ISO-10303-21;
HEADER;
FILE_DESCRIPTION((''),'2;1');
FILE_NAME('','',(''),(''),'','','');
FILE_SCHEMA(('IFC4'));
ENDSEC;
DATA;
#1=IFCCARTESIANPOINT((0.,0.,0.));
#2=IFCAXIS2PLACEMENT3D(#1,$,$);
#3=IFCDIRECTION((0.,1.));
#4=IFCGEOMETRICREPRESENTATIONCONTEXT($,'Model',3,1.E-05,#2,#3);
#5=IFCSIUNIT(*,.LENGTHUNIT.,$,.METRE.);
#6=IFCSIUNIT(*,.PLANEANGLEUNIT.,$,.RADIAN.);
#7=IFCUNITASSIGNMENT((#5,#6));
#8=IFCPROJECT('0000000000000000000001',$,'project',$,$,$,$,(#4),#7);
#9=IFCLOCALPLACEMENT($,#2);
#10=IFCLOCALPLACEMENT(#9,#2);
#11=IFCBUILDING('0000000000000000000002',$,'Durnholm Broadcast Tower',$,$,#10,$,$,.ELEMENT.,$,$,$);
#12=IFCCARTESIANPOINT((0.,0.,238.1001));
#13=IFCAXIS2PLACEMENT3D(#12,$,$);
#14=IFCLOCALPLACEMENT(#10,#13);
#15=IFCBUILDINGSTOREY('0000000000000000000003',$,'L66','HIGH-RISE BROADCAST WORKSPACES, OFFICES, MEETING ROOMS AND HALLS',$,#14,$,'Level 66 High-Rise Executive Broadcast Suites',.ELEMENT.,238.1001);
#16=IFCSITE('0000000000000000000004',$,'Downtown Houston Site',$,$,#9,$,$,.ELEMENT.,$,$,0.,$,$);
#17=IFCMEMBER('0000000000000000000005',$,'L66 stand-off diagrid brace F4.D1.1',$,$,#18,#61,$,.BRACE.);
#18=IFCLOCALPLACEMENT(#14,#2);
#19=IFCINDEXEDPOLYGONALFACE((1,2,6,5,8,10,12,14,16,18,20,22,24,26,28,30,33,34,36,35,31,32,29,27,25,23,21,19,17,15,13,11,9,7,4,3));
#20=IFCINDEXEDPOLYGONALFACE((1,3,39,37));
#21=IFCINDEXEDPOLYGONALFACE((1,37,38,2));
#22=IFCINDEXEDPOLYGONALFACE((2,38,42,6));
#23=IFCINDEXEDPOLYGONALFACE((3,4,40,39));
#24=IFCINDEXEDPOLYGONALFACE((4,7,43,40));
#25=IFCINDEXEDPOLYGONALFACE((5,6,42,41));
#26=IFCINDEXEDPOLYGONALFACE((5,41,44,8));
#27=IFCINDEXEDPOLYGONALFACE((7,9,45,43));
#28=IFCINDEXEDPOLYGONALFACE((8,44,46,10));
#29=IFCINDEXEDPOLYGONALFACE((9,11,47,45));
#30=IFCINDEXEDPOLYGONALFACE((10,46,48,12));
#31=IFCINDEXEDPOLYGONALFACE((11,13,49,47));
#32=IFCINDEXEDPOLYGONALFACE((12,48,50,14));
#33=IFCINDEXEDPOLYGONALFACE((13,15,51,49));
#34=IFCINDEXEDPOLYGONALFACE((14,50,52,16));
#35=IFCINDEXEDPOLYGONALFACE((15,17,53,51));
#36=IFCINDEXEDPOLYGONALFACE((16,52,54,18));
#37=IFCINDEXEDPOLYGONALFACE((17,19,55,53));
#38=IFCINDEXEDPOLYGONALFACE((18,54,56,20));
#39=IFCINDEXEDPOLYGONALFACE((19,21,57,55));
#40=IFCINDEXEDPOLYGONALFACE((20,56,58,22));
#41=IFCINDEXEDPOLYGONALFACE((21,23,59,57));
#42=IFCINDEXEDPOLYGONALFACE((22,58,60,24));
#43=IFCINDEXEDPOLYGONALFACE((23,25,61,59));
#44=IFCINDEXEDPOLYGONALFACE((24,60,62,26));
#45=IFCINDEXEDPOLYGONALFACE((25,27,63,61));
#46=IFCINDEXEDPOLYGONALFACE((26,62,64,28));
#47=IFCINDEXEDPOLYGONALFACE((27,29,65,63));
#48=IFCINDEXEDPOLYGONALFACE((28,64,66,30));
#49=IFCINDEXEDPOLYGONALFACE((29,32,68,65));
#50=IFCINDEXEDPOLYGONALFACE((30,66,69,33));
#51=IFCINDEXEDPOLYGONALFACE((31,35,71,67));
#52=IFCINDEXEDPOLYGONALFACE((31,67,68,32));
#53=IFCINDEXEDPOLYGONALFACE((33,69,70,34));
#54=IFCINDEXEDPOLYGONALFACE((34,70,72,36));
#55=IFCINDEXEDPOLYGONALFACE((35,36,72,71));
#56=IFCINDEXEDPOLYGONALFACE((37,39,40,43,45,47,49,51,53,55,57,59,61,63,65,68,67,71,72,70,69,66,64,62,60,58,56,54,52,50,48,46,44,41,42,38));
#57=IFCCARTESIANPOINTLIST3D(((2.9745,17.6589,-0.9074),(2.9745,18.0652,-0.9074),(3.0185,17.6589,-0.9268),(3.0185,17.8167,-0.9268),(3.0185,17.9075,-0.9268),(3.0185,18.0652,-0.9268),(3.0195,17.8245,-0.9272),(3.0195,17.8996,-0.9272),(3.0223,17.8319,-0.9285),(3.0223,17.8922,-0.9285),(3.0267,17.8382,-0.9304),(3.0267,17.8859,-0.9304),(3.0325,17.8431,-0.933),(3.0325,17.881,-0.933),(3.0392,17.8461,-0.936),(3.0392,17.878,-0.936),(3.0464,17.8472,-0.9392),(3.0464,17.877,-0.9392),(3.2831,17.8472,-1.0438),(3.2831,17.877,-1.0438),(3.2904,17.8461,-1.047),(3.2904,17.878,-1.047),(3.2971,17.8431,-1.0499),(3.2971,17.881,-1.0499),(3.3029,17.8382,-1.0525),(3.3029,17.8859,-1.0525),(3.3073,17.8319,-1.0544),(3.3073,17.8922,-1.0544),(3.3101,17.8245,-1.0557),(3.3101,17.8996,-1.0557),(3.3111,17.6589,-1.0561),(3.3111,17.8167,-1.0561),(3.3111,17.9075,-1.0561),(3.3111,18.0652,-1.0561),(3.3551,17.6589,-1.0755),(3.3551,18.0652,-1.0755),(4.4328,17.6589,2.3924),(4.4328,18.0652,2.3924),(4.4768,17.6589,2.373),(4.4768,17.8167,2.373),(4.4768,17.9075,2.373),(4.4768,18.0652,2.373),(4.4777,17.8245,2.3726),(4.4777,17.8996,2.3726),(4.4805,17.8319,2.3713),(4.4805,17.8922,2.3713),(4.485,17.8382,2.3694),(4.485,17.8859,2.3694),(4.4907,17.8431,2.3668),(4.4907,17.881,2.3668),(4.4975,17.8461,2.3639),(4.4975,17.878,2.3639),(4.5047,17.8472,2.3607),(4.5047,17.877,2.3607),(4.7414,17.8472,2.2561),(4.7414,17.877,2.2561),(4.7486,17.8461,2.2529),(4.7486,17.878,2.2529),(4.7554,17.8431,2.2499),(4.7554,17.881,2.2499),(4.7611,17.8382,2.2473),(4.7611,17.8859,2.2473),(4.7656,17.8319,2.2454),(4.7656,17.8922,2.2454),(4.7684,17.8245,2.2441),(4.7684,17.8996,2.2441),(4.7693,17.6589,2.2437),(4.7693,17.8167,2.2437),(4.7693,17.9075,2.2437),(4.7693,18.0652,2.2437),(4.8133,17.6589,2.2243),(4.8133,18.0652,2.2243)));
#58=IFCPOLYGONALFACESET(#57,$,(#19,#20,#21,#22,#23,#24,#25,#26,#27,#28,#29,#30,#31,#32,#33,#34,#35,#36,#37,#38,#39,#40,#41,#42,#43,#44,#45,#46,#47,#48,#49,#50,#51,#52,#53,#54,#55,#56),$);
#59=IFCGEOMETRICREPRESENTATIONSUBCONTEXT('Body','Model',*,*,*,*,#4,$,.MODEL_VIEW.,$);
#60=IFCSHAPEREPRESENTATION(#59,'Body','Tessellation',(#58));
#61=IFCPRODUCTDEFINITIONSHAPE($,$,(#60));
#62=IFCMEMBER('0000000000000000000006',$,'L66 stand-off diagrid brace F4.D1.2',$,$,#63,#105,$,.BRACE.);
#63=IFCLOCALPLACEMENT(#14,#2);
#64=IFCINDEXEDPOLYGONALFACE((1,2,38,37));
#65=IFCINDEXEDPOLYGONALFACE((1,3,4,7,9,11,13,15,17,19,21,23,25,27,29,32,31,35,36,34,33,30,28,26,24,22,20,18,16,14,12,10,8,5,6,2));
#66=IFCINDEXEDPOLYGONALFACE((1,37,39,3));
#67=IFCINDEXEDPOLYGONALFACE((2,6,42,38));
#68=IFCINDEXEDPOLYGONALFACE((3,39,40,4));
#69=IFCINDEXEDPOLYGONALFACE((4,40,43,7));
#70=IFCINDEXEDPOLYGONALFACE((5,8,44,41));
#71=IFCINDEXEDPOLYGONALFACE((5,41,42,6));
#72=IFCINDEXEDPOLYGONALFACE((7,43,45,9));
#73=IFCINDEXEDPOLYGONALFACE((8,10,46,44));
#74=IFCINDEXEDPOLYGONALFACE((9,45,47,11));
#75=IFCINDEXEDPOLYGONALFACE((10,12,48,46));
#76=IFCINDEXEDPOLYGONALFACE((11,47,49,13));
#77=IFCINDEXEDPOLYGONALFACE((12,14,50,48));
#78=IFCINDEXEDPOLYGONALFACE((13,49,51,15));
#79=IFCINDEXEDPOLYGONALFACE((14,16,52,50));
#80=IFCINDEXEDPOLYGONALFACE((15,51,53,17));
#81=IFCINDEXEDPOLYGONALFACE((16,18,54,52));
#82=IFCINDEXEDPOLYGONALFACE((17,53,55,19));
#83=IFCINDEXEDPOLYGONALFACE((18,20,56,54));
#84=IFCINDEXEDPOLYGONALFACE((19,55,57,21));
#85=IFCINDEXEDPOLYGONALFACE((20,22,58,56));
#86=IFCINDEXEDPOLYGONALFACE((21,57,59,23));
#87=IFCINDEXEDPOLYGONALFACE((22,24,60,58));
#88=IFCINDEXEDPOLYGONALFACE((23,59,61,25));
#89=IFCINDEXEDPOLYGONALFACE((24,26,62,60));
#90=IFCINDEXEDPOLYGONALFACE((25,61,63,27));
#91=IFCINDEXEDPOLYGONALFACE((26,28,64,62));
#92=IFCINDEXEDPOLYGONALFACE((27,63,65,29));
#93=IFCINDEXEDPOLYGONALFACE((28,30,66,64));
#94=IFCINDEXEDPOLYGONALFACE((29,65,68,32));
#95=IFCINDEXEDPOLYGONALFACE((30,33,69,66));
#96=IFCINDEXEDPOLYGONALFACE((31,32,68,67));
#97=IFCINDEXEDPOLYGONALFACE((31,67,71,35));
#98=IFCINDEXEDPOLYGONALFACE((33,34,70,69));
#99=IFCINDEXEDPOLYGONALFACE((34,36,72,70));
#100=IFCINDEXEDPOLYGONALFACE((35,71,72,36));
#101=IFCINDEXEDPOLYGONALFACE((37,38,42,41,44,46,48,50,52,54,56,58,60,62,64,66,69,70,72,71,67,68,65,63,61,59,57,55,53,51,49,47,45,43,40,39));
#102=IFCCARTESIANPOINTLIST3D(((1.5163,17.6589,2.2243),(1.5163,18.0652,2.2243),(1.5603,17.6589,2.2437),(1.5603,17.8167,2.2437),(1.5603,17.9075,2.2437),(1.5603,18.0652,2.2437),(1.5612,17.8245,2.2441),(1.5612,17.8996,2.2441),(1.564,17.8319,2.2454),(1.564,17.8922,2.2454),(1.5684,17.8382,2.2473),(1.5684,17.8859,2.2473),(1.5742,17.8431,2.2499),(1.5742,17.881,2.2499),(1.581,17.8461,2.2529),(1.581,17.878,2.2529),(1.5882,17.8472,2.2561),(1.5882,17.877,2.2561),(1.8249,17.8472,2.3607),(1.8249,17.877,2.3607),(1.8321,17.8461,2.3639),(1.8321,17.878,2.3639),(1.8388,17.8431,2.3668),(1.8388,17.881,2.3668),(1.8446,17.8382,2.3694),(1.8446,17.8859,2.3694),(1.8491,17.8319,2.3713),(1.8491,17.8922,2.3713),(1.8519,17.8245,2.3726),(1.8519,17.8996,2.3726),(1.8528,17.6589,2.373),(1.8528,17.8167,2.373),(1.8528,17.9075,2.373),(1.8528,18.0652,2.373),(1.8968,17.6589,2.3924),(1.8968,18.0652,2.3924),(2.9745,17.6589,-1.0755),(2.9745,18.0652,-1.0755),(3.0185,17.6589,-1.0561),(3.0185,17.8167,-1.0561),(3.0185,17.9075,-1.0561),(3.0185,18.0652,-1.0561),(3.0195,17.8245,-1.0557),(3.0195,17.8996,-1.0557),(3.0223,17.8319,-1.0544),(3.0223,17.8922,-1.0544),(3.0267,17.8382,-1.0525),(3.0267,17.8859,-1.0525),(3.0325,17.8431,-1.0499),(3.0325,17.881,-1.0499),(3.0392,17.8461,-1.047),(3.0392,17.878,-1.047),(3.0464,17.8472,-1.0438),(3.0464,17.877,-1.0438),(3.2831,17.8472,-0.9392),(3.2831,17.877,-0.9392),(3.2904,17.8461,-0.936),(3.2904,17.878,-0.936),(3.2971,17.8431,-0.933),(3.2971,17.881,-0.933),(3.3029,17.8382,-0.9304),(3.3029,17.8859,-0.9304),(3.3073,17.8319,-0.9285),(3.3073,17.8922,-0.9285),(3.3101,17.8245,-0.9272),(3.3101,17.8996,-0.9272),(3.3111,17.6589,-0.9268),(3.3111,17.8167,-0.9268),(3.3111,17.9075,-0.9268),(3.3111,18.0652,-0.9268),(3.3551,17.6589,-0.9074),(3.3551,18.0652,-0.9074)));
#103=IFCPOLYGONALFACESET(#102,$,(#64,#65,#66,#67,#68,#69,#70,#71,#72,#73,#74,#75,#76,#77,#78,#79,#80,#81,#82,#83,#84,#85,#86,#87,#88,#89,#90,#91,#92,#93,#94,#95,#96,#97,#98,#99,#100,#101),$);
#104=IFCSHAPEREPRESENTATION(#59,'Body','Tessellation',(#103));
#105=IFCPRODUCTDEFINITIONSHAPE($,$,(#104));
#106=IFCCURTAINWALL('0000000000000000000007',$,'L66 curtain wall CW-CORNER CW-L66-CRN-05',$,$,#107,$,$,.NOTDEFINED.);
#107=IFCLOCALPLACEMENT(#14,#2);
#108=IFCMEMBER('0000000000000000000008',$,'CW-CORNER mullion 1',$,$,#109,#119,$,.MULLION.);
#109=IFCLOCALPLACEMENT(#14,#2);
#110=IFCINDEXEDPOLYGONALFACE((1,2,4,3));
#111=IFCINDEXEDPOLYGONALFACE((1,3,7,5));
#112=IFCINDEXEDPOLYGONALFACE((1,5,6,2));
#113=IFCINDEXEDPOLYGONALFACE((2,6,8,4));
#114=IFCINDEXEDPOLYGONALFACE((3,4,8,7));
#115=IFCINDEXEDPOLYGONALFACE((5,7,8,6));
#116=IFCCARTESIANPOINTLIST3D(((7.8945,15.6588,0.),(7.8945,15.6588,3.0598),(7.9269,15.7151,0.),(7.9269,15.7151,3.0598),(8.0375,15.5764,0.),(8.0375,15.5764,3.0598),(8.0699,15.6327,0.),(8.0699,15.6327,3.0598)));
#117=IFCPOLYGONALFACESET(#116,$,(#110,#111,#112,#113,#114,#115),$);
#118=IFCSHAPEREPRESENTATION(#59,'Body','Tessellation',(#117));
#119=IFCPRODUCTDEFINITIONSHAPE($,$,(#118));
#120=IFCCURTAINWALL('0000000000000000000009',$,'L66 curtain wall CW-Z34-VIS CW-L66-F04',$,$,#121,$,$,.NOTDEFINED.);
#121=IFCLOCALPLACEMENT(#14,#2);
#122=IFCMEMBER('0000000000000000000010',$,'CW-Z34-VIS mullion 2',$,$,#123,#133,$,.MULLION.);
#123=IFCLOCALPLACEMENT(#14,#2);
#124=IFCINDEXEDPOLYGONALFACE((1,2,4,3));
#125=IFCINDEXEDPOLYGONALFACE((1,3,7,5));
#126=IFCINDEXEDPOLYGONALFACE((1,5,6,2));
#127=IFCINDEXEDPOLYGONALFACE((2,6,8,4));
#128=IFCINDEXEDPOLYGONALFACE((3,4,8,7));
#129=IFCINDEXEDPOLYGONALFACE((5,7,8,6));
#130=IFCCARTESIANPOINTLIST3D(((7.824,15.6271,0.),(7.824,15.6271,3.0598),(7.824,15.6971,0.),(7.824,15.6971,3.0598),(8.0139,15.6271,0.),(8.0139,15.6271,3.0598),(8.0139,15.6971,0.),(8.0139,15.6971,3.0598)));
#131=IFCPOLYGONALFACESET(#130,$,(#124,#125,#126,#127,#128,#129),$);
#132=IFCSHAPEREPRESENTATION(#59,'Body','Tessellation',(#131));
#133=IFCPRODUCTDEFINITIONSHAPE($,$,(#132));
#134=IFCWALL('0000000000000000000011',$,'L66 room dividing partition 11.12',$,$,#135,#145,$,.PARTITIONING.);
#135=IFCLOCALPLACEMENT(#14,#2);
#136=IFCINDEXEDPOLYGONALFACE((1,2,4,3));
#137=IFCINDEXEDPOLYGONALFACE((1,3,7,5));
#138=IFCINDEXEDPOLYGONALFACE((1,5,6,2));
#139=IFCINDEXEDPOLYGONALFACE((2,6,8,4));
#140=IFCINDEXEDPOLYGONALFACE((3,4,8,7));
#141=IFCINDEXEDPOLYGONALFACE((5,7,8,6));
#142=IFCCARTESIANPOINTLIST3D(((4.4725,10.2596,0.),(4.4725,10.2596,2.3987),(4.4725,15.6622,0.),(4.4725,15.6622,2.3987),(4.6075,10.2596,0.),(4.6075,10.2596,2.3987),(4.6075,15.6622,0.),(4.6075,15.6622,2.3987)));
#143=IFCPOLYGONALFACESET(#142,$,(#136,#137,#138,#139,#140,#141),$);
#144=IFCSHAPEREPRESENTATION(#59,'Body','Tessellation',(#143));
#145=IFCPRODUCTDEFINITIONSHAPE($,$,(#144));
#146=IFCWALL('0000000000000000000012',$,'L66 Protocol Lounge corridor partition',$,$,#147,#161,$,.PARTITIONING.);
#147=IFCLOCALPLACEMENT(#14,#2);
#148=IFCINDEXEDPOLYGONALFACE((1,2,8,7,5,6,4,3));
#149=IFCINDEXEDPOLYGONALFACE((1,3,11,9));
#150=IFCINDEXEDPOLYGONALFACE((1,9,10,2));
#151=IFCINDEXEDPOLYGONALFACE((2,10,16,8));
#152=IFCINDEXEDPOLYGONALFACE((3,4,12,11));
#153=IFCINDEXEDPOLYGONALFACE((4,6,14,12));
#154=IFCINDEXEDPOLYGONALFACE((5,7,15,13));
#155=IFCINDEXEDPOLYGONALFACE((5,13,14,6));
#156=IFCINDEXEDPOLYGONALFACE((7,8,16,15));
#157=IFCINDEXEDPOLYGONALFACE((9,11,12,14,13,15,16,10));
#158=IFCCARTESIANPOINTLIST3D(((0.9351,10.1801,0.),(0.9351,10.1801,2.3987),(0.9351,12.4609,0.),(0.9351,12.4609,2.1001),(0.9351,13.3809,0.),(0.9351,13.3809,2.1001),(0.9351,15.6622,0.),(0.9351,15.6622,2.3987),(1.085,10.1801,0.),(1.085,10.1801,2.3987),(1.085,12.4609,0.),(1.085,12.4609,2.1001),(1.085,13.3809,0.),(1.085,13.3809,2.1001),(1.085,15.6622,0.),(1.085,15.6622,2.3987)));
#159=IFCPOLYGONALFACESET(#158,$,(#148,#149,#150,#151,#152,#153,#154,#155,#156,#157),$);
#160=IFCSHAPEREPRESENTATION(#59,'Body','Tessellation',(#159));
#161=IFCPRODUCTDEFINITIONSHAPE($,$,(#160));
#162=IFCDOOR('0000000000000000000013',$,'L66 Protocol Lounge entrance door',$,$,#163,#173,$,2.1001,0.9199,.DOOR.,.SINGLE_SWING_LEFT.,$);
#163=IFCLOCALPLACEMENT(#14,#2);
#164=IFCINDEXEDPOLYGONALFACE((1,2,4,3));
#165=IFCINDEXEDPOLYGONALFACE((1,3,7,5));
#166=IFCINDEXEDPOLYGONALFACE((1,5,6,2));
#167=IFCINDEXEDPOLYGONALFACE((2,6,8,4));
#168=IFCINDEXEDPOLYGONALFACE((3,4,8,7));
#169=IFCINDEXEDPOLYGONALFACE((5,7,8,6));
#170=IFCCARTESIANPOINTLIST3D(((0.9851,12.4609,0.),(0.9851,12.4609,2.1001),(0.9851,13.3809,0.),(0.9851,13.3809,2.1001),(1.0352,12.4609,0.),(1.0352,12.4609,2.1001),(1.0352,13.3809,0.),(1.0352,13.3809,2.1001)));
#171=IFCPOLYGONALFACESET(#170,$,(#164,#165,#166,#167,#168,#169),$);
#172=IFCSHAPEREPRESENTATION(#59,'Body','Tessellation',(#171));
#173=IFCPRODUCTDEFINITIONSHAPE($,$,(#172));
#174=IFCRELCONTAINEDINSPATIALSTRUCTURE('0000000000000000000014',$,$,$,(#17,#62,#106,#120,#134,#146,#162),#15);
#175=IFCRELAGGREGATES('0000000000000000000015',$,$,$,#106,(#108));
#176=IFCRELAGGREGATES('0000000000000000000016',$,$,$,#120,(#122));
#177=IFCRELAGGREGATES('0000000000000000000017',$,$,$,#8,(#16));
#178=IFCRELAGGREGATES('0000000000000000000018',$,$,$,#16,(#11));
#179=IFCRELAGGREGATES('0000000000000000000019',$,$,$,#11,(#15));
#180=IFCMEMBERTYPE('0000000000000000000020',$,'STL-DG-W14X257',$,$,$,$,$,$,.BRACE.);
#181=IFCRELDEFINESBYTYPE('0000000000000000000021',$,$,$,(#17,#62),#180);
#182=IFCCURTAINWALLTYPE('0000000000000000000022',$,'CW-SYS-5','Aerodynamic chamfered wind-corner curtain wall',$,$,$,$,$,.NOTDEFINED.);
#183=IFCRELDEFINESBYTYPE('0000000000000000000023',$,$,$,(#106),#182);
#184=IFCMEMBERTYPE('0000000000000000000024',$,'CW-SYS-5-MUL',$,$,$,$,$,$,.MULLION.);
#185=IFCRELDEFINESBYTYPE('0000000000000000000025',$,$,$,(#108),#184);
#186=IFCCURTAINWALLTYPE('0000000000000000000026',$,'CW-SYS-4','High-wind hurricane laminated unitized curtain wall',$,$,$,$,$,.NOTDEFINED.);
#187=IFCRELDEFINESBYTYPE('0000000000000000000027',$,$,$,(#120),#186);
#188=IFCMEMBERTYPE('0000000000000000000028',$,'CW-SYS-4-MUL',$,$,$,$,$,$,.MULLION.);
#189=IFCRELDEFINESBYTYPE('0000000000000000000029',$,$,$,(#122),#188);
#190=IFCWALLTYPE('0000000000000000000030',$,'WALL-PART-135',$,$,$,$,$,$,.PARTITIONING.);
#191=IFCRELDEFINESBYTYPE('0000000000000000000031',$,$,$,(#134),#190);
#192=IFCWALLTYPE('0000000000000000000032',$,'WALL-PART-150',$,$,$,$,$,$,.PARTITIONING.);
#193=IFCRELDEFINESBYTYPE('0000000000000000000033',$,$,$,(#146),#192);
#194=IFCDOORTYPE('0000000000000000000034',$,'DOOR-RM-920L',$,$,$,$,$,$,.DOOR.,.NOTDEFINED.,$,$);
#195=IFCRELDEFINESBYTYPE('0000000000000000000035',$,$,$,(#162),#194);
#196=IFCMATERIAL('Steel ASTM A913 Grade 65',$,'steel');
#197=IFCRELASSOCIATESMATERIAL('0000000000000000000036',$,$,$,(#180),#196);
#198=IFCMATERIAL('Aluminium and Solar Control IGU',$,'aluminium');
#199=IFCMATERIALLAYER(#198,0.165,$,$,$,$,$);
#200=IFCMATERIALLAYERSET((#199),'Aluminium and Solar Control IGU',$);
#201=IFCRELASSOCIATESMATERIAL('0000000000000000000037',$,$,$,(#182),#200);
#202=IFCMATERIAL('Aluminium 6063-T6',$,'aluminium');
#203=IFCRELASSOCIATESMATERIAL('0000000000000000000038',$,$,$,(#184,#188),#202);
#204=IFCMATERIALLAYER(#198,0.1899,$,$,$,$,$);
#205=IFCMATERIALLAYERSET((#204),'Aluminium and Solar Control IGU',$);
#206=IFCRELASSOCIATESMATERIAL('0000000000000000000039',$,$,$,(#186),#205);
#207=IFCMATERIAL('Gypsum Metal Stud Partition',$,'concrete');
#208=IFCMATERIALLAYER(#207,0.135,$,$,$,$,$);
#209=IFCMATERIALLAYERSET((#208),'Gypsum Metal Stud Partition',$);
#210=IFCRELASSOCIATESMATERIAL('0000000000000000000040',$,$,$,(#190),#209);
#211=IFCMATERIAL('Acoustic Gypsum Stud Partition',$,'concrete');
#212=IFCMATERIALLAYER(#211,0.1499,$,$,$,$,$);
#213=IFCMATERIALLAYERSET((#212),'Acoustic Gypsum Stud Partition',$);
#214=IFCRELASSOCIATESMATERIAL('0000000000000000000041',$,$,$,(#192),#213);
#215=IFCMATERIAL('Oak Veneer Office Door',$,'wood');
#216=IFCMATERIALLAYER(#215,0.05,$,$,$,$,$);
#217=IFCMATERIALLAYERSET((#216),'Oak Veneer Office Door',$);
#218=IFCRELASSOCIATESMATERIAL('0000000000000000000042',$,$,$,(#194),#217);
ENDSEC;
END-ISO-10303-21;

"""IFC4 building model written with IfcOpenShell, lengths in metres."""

from ifc_helpers import new_model, si_unit, direction, frame, frame_2d, origin, origin_2d, place, context, subcontext, project, spatial, rectangle, i_section, extrude, source, transform, mapped, material, layer, layer_set, material_profile, profile_set, type_object, type_shapes, element, fill, aggregate, save


model = new_model("IFC4")

# Units and contexts
model_context = context("Model", 3, precision=1e-05, world=origin(), true_north=direction((0.0, 1.0)))
body_context = subcontext(model_context, "Body", "Model", "MODEL_VIEW")
ifc_project = project(units=[si_unit("LENGTHUNIT", "METRE"), si_unit("PLANEANGLEUNIT", "RADIAN")], contexts=[model_context])

# Site, building, storey
site_placement = place(None, origin())
site = spatial("IfcSite", under=ifc_project, at=site_placement, Name="Downtown Houston Site", CompositionType="ELEMENT", RefElevation=0.0)
building_placement = place(site_placement, origin())
building = spatial("IfcBuilding", under=site, at=building_placement, Name="Durnholm Broadcast Tower", CompositionType="ELEMENT")
storey_placement = place(building_placement, frame((0.0, 0.0, 238.1001)))
storey = spatial("IfcBuildingStorey", under=building, at=storey_placement, Name="L66", Description="HIGH-RISE BROADCAST WORKSPACES, OFFICES, MEETING ROOMS AND HALLS", LongName="Level 66 High-Rise Executive Broadcast Suites", CompositionType="ELEMENT", Elevation=238.1001)

# Members
ifc_material_1 = material(Name="Steel ASTM A913 Grade 65", Category="steel")
ifc_material_profile_1 = material_profile(ifc_material_1, i_section(OverallWidth=0.4062, OverallDepth=0.416, WebThickness=0.0298, FlangeThickness=0.0481, FilletRadius=0.0305, at=origin_2d()), Name="W14X257")
ifc_profile_set_1 = profile_set([ifc_material_profile_1], Name="Steel ASTM A913 Grade 65")
member_type_1 = type_object("IfcMemberType", Name="STL-DG-W14X257", PredefinedType="BRACE", material=ifc_profile_set_1)
shared_shape_1 = source(origin(), body_context, "Body", "SweptSolid", [
    extrude(i_section(OverallWidth=0.4062, OverallDepth=0.416, WebThickness=0.0298, FlangeThickness=0.0481, FilletRadius=0.0305, at=origin_2d()), origin(), (0.0, 0.0, 1.0), 3.6077),
])
type_shapes(member_type_1, [shared_shape_1])
for number, where, z_axis, x_axis, name in (
    (1, (3.1648, 17.8621, -0.9915), (0.40421, 0.0, 0.914666), (0.0, 1.0, 0.0), "L66 stand-off diagrid brace F4.D1.1"),
    (2, (3.1648, 17.8621, -0.9915), (-0.40421, 0.0, 0.914666), (0.0, -1.0, 0.0), "L66 stand-off diagrid brace F4.D1.2"),
):
    element("IfcMember", number, at=place(storey_placement, frame(where, z_axis=z_axis, x_axis=x_axis)), inside=storey, type_object=member_type_1, Name=name, PredefinedType="BRACE", context=body_context, shape_type="MappedRepresentation", body=[
        mapped(shared_shape_1, transform((0.0, 0.0, 0.0), x_axis=(1.0, 0.0, 0.0), y_axis=(0.0, 1.0, 0.0), z_axis=(0.0, 0.0, 1.0), scale=1.0)),
    ])

# Curtain walls, members
ifc_material_2 = material(Name="Aluminium and Solar Control IGU", Category="aluminium")
ifc_layer_1 = layer(ifc_material_2, 0.165)
ifc_layer_set_1 = layer_set([ifc_layer_1], Name="Aluminium and Solar Control IGU")
curtain_wall_type_1 = type_object("IfcCurtainWallType", Name="CW-SYS-5", Description="Aerodynamic chamfered wind-corner curtain wall", PredefinedType="NOTDEFINED", material=ifc_layer_set_1)
curtain_wall_1_placement = place(storey_placement, origin())
curtain_wall_1 = element("IfcCurtainWall", 3, at=curtain_wall_1_placement, inside=storey, type_object=curtain_wall_type_1, Name="L66 curtain wall CW-CORNER CW-L66-CRN-05", PredefinedType="NOTDEFINED")
ifc_material_3 = material(Name="Aluminium 6063-T6", Category="aluminium")
ifc_material_profile_2 = material_profile(ifc_material_3, rectangle(XDim=0.0649, YDim=0.165, at=origin_2d()), Name="CWM65X165")
ifc_profile_set_2 = profile_set([ifc_material_profile_2], Name="Aluminium 6063-T6")
member_type_2 = type_object("IfcMemberType", Name="CW-SYS-5-MUL", PredefinedType="MULLION", material=ifc_profile_set_2)
shared_shape_2 = source(origin(), body_context, "Body", "SweptSolid", [
    extrude(rectangle(XDim=0.0649, YDim=0.165, at=origin_2d()), origin(), (0.0, 0.0, 1.0), 3.0598),
])
type_shapes(member_type_2, [shared_shape_2])
member_1_placement = place(storey_placement, frame((7.9822, 15.6458, 0.0), z_axis=(0.0, 0.0, 1.0), x_axis=(0.499059, 0.866568, 0.0)))
member_1 = element("IfcMember", 4, at=member_1_placement, type_object=member_type_2, Name="CW-CORNER mullion 1", PredefinedType="MULLION", context=body_context, shape_type="MappedRepresentation", body=[
    mapped(shared_shape_2, transform((0.0, 0.0, 0.0), x_axis=(1.0, 0.0, 0.0), y_axis=(0.0, 1.0, 0.0), z_axis=(0.0, 0.0, 1.0), scale=1.0)),
])
aggregate(curtain_wall_1, [member_1])
ifc_layer_2 = layer(ifc_material_2, 0.1899)
ifc_layer_set_2 = layer_set([ifc_layer_2], Name="Aluminium and Solar Control IGU")
curtain_wall_type_2 = type_object("IfcCurtainWallType", Name="CW-SYS-4", Description="High-wind hurricane laminated unitized curtain wall", PredefinedType="NOTDEFINED", material=ifc_layer_set_2)
curtain_wall_2_placement = place(storey_placement, origin())
curtain_wall_2 = element("IfcCurtainWall", 5, at=curtain_wall_2_placement, inside=storey, type_object=curtain_wall_type_2, Name="L66 curtain wall CW-Z34-VIS CW-L66-F04", PredefinedType="NOTDEFINED")
ifc_material_profile_3 = material_profile(ifc_material_3, rectangle(XDim=0.0701, YDim=0.1899, at=origin_2d()), Name="CWM70X190")
ifc_profile_set_3 = profile_set([ifc_material_profile_3], Name="Aluminium 6063-T6")
member_type_3 = type_object("IfcMemberType", Name="CW-SYS-4-MUL", PredefinedType="MULLION", material=ifc_profile_set_3)
shared_shape_3 = source(origin(), body_context, "Body", "SweptSolid", [
    extrude(rectangle(XDim=0.0701, YDim=0.1899, at=origin_2d()), origin(), (0.0, 0.0, 1.0), 3.0598),
])
type_shapes(member_type_3, [shared_shape_3])
member_2_placement = place(storey_placement, frame((7.9189, 15.6621, 0.0), z_axis=(0.0, 0.0, 1.0), x_axis=(0.0, 1.0, 0.0)))
member_2 = element("IfcMember", 6, at=member_2_placement, type_object=member_type_3, Name="CW-Z34-VIS mullion 2", PredefinedType="MULLION", context=body_context, shape_type="MappedRepresentation", body=[
    mapped(shared_shape_3, transform((0.0, 0.0, 0.0), x_axis=(1.0, 0.0, 0.0), y_axis=(0.0, 1.0, 0.0), z_axis=(0.0, 0.0, 1.0), scale=1.0)),
])
aggregate(curtain_wall_2, [member_2])

# Wall
ifc_material_4 = material(Name="Gypsum Metal Stud Partition", Category="concrete")
ifc_layer_3 = layer(ifc_material_4, 0.135)
ifc_layer_set_3 = layer_set([ifc_layer_3], Name="Gypsum Metal Stud Partition")
wall_type_1 = type_object("IfcWallType", Name="WALL-PART-135", PredefinedType="PARTITIONING", material=ifc_layer_set_3)
wall_1_placement = place(storey_placement, frame((4.54, 15.6621, 0.0), z_axis=(0.0, 0.0, 1.0), x_axis=(0.0, -1.0, 0.0)))
element("IfcWall", 7, at=wall_1_placement, inside=storey, type_object=wall_type_1, Name="L66 room dividing partition 11.12", PredefinedType="PARTITIONING", context=body_context, shape_type="SweptSolid", body=[
    extrude(rectangle(XDim=5.4026, YDim=0.135, at=frame_2d((2.7012, 0.0))), origin(), (0.0, 0.0, 1.0), 2.3987),
])

# Wall, opening, door
ifc_material_5 = material(Name="Acoustic Gypsum Stud Partition", Category="concrete")
ifc_layer_4 = layer(ifc_material_5, 0.1499)
ifc_layer_set_4 = layer_set([ifc_layer_4], Name="Acoustic Gypsum Stud Partition")
wall_type_2 = type_object("IfcWallType", Name="WALL-PART-150", PredefinedType="PARTITIONING", material=ifc_layer_set_4)
wall_2_placement = place(storey_placement, frame((1.01, 10.1799, 0.0), z_axis=(0.0, 0.0, 1.0), x_axis=(0.0, 1.0, 0.0)))
wall_2 = element("IfcWall", 8, at=wall_2_placement, inside=storey, type_object=wall_type_2, Name="L66 Protocol Lounge corridor partition", PredefinedType="PARTITIONING", context=body_context, shape_type="SweptSolid", body=[
    extrude(rectangle(XDim=5.4822, YDim=0.1499, at=frame_2d((2.7412, 0.0))), origin(), (0.0, 0.0, 1.0), 2.3987),
])
opening_placement = place(wall_2_placement, frame((2.281, 0.0, 0.0)))
opening = element("IfcOpeningElement", 9, at=opening_placement, cuts=wall_2, PredefinedType="OPENING", context=body_context, shape_type="SweptSolid", body=[
    extrude(rectangle(XDim=0.9199, YDim=2.1001, at=frame_2d((0.46, 1.05))), frame((0.0, 0.085, 0.0), z_axis=(0.0, -1.0, 0.0), x_axis=(1.0, 0.0, 0.0)), (0.0, 0.0, 1.0), 0.1699),
])
ifc_material_6 = material(Name="Oak Veneer Office Door", Category="wood")
ifc_layer_5 = layer(ifc_material_6, 0.05)
ifc_layer_set_5 = layer_set([ifc_layer_5], Name="Oak Veneer Office Door")
door_type = type_object("IfcDoorType", Name="DOOR-RM-920L", OperationType="NOTDEFINED", PredefinedType="DOOR", material=ifc_layer_set_5)
shared_shape_4 = source(origin(), body_context, "Body", "SweptSolid", [
    extrude(rectangle(XDim=0.9199, YDim=2.1001, at=frame_2d((0.46, 1.05))), frame((0.0, 0.0249, 0.0), z_axis=(0.0, -1.0, 0.0), x_axis=(1.0, 0.0, 0.0)), (0.0, 0.0, 1.0), 0.05),
])
type_shapes(door_type, [shared_shape_4])
door_placement = place(opening_placement, origin())
door = element("IfcDoor", 10, at=door_placement, inside=storey, type_object=door_type, Name="L66 Protocol Lounge entrance door", OperationType="SINGLE_SWING_LEFT", OverallHeight=2.1001, OverallWidth=0.9199, PredefinedType="DOOR", context=body_context, shape_type="MappedRepresentation", body=[
    mapped(shared_shape_4, transform((0.0, 0.0, 0.0), x_axis=(1.0, 0.0, 0.0), y_axis=(0.0, 1.0, 0.0), z_axis=(0.0, 0.0, 1.0), scale=1.0)),
])
fill(opening, door)

save(model, "model.ifc")
